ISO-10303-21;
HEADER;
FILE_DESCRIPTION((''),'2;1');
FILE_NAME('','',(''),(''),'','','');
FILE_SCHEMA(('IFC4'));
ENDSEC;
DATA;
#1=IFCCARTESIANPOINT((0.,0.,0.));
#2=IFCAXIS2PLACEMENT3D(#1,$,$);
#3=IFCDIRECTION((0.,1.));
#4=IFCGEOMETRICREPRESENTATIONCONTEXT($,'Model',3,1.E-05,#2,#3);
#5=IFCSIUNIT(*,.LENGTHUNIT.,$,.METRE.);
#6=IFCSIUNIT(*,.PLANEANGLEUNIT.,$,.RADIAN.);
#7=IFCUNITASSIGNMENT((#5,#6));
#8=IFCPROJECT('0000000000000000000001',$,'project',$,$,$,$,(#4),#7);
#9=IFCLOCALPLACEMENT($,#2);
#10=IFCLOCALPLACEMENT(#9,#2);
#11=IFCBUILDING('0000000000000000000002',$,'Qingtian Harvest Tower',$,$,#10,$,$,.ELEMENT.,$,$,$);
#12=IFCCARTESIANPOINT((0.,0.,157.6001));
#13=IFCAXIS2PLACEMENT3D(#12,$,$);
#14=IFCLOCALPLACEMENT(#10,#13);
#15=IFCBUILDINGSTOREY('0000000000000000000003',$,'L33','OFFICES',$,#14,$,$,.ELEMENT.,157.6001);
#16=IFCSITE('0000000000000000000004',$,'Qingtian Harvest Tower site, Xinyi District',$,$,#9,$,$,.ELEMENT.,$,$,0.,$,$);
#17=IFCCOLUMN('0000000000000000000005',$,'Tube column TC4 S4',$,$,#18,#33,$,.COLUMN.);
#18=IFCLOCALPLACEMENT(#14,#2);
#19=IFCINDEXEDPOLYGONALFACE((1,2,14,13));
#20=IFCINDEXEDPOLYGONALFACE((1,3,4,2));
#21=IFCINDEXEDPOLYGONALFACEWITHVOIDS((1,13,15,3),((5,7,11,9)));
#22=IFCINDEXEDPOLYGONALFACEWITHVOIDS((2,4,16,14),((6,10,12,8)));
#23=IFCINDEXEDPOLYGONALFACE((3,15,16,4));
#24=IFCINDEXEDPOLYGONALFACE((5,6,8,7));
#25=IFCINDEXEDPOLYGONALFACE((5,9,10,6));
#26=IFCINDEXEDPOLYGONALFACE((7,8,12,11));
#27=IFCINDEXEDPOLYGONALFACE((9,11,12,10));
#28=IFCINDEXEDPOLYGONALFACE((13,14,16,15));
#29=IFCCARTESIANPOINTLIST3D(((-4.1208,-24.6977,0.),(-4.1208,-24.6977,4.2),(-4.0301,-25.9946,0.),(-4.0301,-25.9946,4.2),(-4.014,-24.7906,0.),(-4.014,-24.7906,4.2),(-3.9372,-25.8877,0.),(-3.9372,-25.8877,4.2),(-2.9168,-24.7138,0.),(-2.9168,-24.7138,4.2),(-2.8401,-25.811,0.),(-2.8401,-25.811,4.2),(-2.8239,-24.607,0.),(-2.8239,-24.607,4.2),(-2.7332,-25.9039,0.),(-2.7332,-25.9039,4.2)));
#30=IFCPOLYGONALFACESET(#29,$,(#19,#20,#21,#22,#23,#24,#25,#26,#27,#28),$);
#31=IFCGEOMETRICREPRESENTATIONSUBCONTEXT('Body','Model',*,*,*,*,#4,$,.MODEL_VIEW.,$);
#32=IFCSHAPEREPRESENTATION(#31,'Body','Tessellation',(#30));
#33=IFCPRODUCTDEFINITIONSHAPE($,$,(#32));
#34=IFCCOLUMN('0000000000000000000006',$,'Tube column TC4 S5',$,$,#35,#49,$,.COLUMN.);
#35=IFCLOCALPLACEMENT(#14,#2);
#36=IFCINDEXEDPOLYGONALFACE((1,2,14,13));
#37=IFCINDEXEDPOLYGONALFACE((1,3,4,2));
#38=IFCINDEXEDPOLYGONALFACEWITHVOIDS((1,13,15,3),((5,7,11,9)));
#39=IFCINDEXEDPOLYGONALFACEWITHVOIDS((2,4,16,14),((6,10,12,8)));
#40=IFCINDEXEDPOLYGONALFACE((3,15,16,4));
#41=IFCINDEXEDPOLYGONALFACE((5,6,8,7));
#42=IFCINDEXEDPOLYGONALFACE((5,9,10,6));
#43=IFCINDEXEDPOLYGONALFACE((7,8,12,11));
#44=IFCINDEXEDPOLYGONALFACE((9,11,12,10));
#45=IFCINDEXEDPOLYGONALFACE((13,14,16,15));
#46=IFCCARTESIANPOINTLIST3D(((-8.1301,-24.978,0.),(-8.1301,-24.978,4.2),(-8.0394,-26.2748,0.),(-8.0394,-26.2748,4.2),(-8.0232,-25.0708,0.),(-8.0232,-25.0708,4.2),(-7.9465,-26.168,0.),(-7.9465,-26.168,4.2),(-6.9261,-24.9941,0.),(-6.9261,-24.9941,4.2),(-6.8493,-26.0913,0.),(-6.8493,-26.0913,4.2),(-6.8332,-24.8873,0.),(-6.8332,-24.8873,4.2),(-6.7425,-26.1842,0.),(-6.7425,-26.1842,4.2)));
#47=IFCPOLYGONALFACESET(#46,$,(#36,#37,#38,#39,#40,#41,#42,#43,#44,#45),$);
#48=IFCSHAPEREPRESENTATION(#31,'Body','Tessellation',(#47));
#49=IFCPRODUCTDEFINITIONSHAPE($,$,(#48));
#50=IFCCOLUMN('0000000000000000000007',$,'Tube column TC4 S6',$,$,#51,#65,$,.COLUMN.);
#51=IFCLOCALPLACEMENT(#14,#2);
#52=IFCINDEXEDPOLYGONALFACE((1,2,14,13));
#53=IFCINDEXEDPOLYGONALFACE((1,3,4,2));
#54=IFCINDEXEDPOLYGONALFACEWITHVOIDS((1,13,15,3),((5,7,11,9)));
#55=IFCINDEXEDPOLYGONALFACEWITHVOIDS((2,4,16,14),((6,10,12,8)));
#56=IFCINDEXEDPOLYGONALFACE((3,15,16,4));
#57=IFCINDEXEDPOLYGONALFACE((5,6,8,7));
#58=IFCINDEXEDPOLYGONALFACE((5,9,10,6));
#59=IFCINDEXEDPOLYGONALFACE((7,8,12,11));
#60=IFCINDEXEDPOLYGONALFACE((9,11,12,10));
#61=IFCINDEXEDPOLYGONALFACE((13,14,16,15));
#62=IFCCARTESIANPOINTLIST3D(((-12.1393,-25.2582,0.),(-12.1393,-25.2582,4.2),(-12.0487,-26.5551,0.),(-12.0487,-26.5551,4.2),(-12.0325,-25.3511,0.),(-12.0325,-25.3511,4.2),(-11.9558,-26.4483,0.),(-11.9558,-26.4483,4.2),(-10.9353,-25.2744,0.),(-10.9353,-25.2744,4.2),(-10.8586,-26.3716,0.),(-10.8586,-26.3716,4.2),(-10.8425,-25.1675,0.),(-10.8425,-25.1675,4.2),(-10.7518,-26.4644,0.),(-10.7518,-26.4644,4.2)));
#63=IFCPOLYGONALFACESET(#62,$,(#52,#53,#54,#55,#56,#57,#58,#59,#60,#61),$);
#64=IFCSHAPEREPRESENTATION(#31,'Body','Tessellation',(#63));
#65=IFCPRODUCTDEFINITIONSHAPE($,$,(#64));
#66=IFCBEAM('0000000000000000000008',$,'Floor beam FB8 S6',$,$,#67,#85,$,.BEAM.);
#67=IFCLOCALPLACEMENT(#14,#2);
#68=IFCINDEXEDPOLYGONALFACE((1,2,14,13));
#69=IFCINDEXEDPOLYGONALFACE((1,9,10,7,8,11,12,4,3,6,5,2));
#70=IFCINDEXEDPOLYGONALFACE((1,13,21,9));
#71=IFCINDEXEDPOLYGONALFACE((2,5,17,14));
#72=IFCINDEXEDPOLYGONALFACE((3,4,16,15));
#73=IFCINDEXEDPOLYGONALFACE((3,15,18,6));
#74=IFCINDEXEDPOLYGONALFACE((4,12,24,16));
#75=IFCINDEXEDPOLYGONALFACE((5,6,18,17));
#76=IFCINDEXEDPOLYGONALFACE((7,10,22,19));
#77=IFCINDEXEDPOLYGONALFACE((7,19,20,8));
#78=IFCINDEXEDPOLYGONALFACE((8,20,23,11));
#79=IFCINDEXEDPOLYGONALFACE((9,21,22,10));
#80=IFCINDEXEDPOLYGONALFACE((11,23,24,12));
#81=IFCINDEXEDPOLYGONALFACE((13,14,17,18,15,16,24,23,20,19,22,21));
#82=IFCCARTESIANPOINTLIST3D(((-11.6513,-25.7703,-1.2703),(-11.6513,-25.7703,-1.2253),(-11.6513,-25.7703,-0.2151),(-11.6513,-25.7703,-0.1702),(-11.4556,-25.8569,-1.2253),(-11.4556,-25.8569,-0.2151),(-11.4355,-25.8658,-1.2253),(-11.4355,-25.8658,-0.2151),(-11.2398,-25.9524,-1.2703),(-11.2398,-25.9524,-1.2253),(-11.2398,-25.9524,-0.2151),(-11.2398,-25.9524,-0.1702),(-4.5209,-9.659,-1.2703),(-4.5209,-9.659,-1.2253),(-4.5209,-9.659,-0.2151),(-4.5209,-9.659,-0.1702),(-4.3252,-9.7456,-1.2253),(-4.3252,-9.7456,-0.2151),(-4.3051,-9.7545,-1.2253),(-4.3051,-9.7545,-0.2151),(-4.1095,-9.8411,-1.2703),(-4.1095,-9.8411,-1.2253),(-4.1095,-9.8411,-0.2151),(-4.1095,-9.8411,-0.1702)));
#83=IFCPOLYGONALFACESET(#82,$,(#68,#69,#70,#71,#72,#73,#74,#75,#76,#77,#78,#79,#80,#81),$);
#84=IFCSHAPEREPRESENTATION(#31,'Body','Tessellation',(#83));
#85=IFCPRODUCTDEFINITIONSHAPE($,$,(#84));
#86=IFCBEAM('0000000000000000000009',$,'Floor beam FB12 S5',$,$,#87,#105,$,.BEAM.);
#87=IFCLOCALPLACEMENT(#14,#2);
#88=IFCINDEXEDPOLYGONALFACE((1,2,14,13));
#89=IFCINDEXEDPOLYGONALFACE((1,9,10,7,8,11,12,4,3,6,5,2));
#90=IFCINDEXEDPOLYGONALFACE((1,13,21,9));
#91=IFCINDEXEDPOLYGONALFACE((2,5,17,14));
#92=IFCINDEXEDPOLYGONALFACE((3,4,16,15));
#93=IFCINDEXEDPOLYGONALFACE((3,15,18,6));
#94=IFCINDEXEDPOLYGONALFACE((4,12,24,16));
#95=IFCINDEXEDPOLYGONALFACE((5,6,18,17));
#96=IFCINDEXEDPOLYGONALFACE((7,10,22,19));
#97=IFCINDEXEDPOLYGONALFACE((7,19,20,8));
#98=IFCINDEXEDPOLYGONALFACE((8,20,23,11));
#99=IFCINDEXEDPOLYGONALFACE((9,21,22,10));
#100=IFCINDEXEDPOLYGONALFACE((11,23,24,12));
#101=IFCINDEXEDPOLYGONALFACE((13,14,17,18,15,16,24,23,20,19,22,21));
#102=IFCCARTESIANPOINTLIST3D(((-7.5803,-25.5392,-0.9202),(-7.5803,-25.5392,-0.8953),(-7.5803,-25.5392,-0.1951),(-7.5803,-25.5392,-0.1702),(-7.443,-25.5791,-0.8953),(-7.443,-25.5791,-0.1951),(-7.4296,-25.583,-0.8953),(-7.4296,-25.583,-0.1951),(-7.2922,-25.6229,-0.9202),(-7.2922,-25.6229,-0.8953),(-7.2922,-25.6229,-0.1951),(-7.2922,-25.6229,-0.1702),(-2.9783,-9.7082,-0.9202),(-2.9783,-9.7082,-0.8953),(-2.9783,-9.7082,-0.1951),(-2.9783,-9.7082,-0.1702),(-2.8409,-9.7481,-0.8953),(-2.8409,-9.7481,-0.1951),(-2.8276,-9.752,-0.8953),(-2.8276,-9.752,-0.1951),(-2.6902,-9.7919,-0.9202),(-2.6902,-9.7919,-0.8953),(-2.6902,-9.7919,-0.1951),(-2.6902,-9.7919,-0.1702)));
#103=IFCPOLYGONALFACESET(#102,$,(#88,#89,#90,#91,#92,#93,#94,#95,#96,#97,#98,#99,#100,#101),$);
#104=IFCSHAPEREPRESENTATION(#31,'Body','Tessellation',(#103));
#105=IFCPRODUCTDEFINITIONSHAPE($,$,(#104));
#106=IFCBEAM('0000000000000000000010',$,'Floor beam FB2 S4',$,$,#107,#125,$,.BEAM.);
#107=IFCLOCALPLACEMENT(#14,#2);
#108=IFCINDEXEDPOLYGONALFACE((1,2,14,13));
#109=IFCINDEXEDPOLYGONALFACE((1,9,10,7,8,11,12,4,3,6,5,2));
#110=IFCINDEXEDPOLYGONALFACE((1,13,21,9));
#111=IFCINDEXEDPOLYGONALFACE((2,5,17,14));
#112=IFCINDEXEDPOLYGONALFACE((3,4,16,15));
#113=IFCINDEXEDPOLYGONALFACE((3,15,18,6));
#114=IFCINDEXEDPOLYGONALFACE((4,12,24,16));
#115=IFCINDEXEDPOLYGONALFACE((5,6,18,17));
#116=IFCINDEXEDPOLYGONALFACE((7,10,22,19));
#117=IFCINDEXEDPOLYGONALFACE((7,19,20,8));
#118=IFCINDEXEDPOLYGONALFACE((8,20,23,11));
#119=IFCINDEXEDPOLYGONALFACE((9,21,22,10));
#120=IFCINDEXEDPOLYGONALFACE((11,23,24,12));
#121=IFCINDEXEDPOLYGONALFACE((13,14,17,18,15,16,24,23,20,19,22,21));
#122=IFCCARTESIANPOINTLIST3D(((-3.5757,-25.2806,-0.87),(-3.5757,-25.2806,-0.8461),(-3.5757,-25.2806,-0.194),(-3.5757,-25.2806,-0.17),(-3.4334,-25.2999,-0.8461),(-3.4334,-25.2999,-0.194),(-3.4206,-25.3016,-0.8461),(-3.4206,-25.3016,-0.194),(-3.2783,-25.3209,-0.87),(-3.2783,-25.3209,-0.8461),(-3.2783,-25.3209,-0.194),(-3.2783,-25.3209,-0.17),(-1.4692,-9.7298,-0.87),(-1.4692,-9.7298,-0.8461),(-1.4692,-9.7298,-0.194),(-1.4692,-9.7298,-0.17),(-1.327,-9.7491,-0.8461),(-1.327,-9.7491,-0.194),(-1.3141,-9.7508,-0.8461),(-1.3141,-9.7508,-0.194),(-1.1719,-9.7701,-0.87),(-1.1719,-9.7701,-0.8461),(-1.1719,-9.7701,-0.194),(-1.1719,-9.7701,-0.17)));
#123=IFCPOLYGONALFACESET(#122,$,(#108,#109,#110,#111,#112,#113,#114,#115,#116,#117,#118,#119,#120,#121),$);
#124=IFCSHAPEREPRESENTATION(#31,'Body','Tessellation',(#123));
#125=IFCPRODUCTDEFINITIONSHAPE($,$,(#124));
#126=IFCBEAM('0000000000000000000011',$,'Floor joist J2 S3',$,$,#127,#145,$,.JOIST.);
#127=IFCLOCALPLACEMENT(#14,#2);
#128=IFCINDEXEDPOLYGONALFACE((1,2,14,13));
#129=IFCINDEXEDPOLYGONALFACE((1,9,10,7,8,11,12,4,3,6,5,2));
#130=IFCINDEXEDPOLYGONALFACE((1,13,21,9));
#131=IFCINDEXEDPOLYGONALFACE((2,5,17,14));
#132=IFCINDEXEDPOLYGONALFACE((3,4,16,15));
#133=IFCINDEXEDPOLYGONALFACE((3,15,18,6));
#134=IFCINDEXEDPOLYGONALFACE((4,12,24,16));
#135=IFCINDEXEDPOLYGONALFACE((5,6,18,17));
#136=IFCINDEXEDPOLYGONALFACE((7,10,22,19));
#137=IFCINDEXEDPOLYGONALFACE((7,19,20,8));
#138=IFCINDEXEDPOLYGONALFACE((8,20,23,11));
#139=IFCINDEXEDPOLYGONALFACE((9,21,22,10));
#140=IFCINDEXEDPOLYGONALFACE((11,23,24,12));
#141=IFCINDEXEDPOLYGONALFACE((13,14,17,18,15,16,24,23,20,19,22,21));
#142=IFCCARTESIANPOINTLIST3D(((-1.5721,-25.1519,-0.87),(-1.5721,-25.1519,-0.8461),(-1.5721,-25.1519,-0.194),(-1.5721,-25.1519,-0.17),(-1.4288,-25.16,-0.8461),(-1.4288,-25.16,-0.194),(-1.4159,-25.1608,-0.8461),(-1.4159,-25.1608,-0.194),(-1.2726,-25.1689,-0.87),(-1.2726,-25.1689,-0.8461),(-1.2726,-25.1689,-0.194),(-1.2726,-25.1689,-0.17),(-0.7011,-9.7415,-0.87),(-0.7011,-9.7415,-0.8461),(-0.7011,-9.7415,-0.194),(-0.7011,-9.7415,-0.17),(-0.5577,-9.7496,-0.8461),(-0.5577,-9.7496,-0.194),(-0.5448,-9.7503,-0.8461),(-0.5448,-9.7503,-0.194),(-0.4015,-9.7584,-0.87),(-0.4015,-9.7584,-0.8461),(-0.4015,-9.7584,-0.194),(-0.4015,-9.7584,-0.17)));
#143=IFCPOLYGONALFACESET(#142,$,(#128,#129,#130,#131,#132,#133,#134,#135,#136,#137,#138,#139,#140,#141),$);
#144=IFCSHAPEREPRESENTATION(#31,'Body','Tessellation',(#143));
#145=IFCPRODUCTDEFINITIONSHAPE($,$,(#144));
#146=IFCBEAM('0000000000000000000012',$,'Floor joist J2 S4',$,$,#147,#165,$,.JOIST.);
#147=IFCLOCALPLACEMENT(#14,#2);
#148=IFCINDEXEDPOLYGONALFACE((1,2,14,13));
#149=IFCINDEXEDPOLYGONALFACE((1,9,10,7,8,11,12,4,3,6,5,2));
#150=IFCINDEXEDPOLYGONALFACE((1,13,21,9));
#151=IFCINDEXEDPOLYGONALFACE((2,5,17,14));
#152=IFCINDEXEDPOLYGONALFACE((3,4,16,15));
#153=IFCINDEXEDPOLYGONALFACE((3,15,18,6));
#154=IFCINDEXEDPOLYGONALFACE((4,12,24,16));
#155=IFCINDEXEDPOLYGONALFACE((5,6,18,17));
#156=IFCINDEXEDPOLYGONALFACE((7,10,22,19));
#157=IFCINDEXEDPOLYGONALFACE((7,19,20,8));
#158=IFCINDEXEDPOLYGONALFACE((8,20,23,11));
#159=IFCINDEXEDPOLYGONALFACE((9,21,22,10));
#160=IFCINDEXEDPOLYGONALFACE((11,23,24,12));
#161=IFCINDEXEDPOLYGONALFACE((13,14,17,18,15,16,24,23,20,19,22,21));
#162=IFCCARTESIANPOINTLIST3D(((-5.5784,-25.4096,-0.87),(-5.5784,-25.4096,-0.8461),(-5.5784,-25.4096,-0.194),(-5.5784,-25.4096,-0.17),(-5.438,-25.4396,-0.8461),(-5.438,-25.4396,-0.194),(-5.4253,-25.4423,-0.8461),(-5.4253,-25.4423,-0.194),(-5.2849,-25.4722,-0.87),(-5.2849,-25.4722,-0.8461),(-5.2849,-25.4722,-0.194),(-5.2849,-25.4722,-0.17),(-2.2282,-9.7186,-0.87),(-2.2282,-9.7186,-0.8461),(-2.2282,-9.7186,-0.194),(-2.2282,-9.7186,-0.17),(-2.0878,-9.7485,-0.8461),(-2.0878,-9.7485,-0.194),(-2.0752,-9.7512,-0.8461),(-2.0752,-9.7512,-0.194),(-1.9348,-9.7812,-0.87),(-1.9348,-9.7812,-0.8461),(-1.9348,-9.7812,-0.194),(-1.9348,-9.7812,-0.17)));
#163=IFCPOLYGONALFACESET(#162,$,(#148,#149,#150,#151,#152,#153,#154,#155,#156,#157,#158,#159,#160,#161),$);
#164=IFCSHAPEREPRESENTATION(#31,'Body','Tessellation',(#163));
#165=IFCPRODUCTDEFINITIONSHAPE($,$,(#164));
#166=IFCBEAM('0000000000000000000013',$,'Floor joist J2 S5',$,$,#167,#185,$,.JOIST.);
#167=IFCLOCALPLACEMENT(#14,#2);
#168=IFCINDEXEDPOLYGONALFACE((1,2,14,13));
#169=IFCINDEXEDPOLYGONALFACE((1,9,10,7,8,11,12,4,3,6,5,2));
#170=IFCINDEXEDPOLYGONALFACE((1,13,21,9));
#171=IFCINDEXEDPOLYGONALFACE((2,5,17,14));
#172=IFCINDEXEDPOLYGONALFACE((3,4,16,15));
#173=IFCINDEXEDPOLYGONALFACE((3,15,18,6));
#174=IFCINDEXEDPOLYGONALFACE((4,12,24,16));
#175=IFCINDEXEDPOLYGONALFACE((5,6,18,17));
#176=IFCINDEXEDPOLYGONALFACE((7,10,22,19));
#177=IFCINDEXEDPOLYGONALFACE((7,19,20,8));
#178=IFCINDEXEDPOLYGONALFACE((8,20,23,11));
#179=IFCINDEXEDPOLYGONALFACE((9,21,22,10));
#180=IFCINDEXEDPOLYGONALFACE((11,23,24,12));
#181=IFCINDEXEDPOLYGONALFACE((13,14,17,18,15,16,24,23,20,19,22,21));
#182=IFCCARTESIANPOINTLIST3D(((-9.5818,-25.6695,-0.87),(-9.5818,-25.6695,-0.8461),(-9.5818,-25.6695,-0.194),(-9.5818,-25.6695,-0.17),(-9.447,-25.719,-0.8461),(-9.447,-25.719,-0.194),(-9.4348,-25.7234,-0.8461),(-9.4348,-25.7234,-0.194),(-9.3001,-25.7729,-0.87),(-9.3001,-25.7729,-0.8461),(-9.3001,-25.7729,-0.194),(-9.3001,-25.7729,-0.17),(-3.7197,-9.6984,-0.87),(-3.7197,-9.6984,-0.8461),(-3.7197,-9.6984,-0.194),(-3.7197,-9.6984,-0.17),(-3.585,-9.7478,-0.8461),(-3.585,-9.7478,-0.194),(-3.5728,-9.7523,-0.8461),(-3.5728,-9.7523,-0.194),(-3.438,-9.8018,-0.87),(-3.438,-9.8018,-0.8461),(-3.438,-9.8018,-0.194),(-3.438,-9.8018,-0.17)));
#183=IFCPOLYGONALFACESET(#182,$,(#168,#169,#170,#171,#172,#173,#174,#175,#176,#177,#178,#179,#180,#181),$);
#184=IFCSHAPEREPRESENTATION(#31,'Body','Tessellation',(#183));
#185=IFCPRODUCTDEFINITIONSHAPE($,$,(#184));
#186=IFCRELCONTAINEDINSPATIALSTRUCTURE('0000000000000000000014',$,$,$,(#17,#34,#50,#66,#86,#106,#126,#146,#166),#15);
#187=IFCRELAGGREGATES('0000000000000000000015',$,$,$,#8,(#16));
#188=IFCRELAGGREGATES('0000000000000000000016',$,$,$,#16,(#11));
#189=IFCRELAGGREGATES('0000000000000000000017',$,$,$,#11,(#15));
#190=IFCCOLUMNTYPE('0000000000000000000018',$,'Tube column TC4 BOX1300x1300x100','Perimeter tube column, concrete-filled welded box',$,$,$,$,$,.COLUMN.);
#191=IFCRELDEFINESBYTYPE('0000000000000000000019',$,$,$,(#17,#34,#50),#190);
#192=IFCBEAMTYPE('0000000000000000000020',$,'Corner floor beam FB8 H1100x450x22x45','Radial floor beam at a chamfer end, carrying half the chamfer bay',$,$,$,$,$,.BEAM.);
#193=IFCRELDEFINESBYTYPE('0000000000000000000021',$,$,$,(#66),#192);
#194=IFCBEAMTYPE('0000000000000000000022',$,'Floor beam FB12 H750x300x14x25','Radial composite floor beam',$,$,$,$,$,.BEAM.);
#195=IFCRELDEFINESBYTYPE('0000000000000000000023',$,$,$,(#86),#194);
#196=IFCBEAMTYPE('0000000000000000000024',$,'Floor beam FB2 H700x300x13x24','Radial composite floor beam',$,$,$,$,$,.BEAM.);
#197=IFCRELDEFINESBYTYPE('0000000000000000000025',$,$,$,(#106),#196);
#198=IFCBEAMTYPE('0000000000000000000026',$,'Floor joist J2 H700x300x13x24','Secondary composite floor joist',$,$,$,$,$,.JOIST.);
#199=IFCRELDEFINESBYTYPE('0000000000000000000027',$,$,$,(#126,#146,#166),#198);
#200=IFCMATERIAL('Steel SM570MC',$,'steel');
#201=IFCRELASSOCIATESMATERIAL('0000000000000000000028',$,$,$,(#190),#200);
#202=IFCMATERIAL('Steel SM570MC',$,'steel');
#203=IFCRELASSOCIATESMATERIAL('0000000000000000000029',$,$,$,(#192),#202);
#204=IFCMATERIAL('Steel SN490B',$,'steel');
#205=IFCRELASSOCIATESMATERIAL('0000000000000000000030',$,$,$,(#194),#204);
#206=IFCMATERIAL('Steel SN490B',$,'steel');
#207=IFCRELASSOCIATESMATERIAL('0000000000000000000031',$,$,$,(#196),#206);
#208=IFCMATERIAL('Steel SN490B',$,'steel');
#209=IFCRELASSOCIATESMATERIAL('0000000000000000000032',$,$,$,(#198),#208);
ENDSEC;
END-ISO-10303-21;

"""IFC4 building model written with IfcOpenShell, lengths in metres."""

from ifc_helpers import new_model, si_unit, direction, frame, origin, origin_2d, place, context, subcontext, project, spatial, hollow_rectangle, i_section, extrude, material, material_profile, profile_set, type_object, element, save


model = new_model("IFC4")

# Units and contexts
model_context = context("Model", 3, precision=1e-05, world=origin(), true_north=direction((0.0, 1.0)))
body_context = subcontext(model_context, "Body", "Model", "MODEL_VIEW")
ifc_project = project(units=[si_unit("LENGTHUNIT", "METRE"), si_unit("PLANEANGLEUNIT", "RADIAN")], contexts=[model_context])

# Site, building, storey
site_placement = place(None, origin())
site = spatial("IfcSite", under=ifc_project, at=site_placement, Name="Qingtian Harvest Tower site, Xinyi District", CompositionType="ELEMENT", RefElevation=0.0)
building_placement = place(site_placement, origin())
building = spatial("IfcBuilding", under=site, at=building_placement, Name="Qingtian Harvest Tower", CompositionType="ELEMENT")
storey_placement = place(building_placement, frame((0.0, 0.0, 157.6001)))
storey = spatial("IfcBuildingStorey", under=building, at=storey_placement, Name="L33", Description="OFFICES", CompositionType="ELEMENT", Elevation=157.6001)

# Columns
ifc_material_1 = material(Name="Steel SM570MC", Category="steel")
ifc_material_profile_1 = material_profile(ifc_material_1, hollow_rectangle(XDim=1.3, YDim=1.3, WallThickness=0.1001, at=origin_2d()), Name="BOX1300x1300x100")
ifc_profile_set_1 = profile_set([ifc_material_profile_1], Name="Steel SM570MC")
column_type = type_object("IfcColumnType", Name="Tube column TC4 BOX1300x1300x100", Description="Perimeter tube column, concrete-filled welded box", PredefinedType="COLUMN", material=ifc_profile_set_1)
for number, where, z_axis, x_axis, name in (
    (1, (-3.427, -25.3008, 0.0), (0.0, 0.0, 1.0), (0.997564, 0.069756, 0.0), "Tube column TC4 S4"),
    (2, (-7.4363, -25.5811, 0.0), (0.0, 0.0, 1.0), (0.997564, 0.069756, 0.0), "Tube column TC4 S5"),
    (3, (-11.4456, -25.8613, 0.0), (0.0, 0.0, 1.0), (0.997564, 0.069756, 0.0), "Tube column TC4 S6"),
):
    element("IfcColumn", number, at=place(storey_placement, frame(where, z_axis=z_axis, x_axis=x_axis)), inside=storey, type_object=column_type, Name=name, PredefinedType="COLUMN", context=body_context, shape_type="SweptSolid", body=[
        extrude(hollow_rectangle(XDim=1.3, YDim=1.3, WallThickness=0.1001, at=origin_2d()), origin(), (0.0, 0.0, 1.0), 4.2),
    ])

# Beams
ifc_material_2 = material(Name="Steel SM570MC", Category="steel")
ifc_material_profile_2 = material_profile(ifc_material_2, i_section(OverallWidth=0.45, OverallDepth=1.1001, WebThickness=0.022, FlangeThickness=0.0449, at=origin_2d()), Name="H1100x450x22x45")
ifc_profile_set_2 = profile_set([ifc_material_profile_2], Name="Steel SM570MC")
beam_type_1 = type_object("IfcBeamType", Name="Corner floor beam FB8 H1100x450x22x45", Description="Radial floor beam at a chamfer end, carrying half the chamfer bay", PredefinedType="BEAM", material=ifc_profile_set_2)
beam_1_placement = place(storey_placement, frame((-11.4456, -25.8613, -0.7202), z_axis=(0.404706, 0.914447, 0.0), x_axis=(-0.914447, 0.404706, 0.0)))
element("IfcBeam", 4, at=beam_1_placement, inside=storey, type_object=beam_type_1, Name="Floor beam FB8 S6", PredefinedType="BEAM", context=body_context, shape_type="SweptSolid", body=[
    extrude(i_section(OverallWidth=0.45, OverallDepth=1.1001, WebThickness=0.022, FlangeThickness=0.0449, at=origin_2d()), origin(), (0.0, 0.0, 1.0), 17.6187),
])
ifc_material_3 = material(Name="Steel SN490B", Category="steel")
ifc_material_profile_3 = material_profile(ifc_material_3, i_section(OverallWidth=0.3, OverallDepth=0.75, WebThickness=0.0139, FlangeThickness=0.0249, at=origin_2d()), Name="H750x300x14x25")
ifc_profile_set_3 = profile_set([ifc_material_profile_3], Name="Steel SN490B")
beam_type_2 = type_object("IfcBeamType", Name="Floor beam FB12 H750x300x14x25", Description="Radial composite floor beam", PredefinedType="BEAM", material=ifc_profile_set_3)
beam_2_placement = place(storey_placement, frame((-7.4363, -25.5811, -0.5452), z_axis=(0.279142, 0.96025, 0.0), x_axis=(-0.96025, 0.279142, 0.0)))
element("IfcBeam", 5, at=beam_2_placement, inside=storey, type_object=beam_type_2, Name="Floor beam FB12 S5", PredefinedType="BEAM", context=body_context, shape_type="SweptSolid", body=[
    extrude(i_section(OverallWidth=0.3, OverallDepth=0.75, WebThickness=0.0139, FlangeThickness=0.0249, at=origin_2d()), origin(), (0.0, 0.0, 1.0), 16.4863),
])
ifc_material_4 = material(Name="Steel SN490B", Category="steel")
ifc_material_profile_4 = material_profile(ifc_material_4, i_section(OverallWidth=0.3, OverallDepth=0.7, WebThickness=0.0129, FlangeThickness=0.0239, at=origin_2d()), Name="H700x300x13x24")
ifc_profile_set_4 = profile_set([ifc_material_profile_4], Name="Steel SN490B")
beam_type_3 = type_object("IfcBeamType", Name="Floor beam FB2 H700x300x13x24", Description="Radial composite floor beam", PredefinedType="BEAM", material=ifc_profile_set_4)
beam_3_placement = place(storey_placement, frame((-3.427, -25.3008, -0.52), z_axis=(0.13423, 0.99095, 0.0), x_axis=(-0.99095, 0.13423, 0.0)))
element("IfcBeam", 6, at=beam_3_placement, inside=storey, type_object=beam_type_3, Name="Floor beam FB2 S4", PredefinedType="BEAM", context=body_context, shape_type="SweptSolid", body=[
    extrude(i_section(OverallWidth=0.3, OverallDepth=0.7, WebThickness=0.0129, FlangeThickness=0.0239, at=origin_2d()), origin(), (0.0, 0.0, 1.0), 15.6929),
])
ifc_material_5 = material(Name="Steel SN490B", Category="steel")
ifc_material_profile_5 = material_profile(ifc_material_5, i_section(OverallWidth=0.3, OverallDepth=0.7, WebThickness=0.0129, FlangeThickness=0.0239, at=origin_2d()), Name="H700x300x13x24")
ifc_profile_set_5 = profile_set([ifc_material_profile_5], Name="Steel SN490B")
beam_type_4 = type_object("IfcBeamType", Name="Floor joist J2 H700x300x13x24", Description="Secondary composite floor joist", PredefinedType="JOIST", material=ifc_profile_set_5)
beam_4_placement = place(storey_placement, frame((-1.4224, -25.1604, -0.52), z_axis=(0.056436, 0.998406, 0.0), x_axis=(-0.998406, 0.056436, 0.0)))
element("IfcBeam", 7, at=beam_4_placement, inside=storey, type_object=beam_type_4, Name="Floor joist J2 S3", PredefinedType="JOIST", context=body_context, shape_type="SweptSolid", body=[
    extrude(i_section(OverallWidth=0.3, OverallDepth=0.7, WebThickness=0.0129, FlangeThickness=0.0239, at=origin_2d()), origin(), (0.0, 0.0, 1.0), 15.4351),
])
beam_5_placement = place(storey_placement, frame((-5.4316, -25.4409, -0.52), z_axis=(0.2088, 0.977958, 0.0), x_axis=(-0.977958, 0.2088, 0.0)))
element("IfcBeam", 8, at=beam_5_placement, inside=storey, type_object=beam_type_4, Name="Floor joist J2 S4", PredefinedType="JOIST", context=body_context, shape_type="SweptSolid", body=[
    extrude(i_section(OverallWidth=0.3, OverallDepth=0.7, WebThickness=0.0129, FlangeThickness=0.0239, at=origin_2d()), origin(), (0.0, 0.0, 1.0), 16.0447),
])
beam_6_placement = place(storey_placement, frame((-9.4409, -25.7212, -0.52), z_axis=(0.344563, 0.938763, 0.0), x_axis=(-0.938763, 0.344563, 0.0)))
element("IfcBeam", 9, at=beam_6_placement, inside=storey, type_object=beam_type_4, Name="Floor joist J2 S5", PredefinedType="JOIST", context=body_context, shape_type="SweptSolid", body=[
    extrude(i_section(OverallWidth=0.3, OverallDepth=0.7, WebThickness=0.0129, FlangeThickness=0.0239, at=origin_2d()), origin(), (0.0, 0.0, 1.0), 17.0129),
])

save(model, "model.ifc")
